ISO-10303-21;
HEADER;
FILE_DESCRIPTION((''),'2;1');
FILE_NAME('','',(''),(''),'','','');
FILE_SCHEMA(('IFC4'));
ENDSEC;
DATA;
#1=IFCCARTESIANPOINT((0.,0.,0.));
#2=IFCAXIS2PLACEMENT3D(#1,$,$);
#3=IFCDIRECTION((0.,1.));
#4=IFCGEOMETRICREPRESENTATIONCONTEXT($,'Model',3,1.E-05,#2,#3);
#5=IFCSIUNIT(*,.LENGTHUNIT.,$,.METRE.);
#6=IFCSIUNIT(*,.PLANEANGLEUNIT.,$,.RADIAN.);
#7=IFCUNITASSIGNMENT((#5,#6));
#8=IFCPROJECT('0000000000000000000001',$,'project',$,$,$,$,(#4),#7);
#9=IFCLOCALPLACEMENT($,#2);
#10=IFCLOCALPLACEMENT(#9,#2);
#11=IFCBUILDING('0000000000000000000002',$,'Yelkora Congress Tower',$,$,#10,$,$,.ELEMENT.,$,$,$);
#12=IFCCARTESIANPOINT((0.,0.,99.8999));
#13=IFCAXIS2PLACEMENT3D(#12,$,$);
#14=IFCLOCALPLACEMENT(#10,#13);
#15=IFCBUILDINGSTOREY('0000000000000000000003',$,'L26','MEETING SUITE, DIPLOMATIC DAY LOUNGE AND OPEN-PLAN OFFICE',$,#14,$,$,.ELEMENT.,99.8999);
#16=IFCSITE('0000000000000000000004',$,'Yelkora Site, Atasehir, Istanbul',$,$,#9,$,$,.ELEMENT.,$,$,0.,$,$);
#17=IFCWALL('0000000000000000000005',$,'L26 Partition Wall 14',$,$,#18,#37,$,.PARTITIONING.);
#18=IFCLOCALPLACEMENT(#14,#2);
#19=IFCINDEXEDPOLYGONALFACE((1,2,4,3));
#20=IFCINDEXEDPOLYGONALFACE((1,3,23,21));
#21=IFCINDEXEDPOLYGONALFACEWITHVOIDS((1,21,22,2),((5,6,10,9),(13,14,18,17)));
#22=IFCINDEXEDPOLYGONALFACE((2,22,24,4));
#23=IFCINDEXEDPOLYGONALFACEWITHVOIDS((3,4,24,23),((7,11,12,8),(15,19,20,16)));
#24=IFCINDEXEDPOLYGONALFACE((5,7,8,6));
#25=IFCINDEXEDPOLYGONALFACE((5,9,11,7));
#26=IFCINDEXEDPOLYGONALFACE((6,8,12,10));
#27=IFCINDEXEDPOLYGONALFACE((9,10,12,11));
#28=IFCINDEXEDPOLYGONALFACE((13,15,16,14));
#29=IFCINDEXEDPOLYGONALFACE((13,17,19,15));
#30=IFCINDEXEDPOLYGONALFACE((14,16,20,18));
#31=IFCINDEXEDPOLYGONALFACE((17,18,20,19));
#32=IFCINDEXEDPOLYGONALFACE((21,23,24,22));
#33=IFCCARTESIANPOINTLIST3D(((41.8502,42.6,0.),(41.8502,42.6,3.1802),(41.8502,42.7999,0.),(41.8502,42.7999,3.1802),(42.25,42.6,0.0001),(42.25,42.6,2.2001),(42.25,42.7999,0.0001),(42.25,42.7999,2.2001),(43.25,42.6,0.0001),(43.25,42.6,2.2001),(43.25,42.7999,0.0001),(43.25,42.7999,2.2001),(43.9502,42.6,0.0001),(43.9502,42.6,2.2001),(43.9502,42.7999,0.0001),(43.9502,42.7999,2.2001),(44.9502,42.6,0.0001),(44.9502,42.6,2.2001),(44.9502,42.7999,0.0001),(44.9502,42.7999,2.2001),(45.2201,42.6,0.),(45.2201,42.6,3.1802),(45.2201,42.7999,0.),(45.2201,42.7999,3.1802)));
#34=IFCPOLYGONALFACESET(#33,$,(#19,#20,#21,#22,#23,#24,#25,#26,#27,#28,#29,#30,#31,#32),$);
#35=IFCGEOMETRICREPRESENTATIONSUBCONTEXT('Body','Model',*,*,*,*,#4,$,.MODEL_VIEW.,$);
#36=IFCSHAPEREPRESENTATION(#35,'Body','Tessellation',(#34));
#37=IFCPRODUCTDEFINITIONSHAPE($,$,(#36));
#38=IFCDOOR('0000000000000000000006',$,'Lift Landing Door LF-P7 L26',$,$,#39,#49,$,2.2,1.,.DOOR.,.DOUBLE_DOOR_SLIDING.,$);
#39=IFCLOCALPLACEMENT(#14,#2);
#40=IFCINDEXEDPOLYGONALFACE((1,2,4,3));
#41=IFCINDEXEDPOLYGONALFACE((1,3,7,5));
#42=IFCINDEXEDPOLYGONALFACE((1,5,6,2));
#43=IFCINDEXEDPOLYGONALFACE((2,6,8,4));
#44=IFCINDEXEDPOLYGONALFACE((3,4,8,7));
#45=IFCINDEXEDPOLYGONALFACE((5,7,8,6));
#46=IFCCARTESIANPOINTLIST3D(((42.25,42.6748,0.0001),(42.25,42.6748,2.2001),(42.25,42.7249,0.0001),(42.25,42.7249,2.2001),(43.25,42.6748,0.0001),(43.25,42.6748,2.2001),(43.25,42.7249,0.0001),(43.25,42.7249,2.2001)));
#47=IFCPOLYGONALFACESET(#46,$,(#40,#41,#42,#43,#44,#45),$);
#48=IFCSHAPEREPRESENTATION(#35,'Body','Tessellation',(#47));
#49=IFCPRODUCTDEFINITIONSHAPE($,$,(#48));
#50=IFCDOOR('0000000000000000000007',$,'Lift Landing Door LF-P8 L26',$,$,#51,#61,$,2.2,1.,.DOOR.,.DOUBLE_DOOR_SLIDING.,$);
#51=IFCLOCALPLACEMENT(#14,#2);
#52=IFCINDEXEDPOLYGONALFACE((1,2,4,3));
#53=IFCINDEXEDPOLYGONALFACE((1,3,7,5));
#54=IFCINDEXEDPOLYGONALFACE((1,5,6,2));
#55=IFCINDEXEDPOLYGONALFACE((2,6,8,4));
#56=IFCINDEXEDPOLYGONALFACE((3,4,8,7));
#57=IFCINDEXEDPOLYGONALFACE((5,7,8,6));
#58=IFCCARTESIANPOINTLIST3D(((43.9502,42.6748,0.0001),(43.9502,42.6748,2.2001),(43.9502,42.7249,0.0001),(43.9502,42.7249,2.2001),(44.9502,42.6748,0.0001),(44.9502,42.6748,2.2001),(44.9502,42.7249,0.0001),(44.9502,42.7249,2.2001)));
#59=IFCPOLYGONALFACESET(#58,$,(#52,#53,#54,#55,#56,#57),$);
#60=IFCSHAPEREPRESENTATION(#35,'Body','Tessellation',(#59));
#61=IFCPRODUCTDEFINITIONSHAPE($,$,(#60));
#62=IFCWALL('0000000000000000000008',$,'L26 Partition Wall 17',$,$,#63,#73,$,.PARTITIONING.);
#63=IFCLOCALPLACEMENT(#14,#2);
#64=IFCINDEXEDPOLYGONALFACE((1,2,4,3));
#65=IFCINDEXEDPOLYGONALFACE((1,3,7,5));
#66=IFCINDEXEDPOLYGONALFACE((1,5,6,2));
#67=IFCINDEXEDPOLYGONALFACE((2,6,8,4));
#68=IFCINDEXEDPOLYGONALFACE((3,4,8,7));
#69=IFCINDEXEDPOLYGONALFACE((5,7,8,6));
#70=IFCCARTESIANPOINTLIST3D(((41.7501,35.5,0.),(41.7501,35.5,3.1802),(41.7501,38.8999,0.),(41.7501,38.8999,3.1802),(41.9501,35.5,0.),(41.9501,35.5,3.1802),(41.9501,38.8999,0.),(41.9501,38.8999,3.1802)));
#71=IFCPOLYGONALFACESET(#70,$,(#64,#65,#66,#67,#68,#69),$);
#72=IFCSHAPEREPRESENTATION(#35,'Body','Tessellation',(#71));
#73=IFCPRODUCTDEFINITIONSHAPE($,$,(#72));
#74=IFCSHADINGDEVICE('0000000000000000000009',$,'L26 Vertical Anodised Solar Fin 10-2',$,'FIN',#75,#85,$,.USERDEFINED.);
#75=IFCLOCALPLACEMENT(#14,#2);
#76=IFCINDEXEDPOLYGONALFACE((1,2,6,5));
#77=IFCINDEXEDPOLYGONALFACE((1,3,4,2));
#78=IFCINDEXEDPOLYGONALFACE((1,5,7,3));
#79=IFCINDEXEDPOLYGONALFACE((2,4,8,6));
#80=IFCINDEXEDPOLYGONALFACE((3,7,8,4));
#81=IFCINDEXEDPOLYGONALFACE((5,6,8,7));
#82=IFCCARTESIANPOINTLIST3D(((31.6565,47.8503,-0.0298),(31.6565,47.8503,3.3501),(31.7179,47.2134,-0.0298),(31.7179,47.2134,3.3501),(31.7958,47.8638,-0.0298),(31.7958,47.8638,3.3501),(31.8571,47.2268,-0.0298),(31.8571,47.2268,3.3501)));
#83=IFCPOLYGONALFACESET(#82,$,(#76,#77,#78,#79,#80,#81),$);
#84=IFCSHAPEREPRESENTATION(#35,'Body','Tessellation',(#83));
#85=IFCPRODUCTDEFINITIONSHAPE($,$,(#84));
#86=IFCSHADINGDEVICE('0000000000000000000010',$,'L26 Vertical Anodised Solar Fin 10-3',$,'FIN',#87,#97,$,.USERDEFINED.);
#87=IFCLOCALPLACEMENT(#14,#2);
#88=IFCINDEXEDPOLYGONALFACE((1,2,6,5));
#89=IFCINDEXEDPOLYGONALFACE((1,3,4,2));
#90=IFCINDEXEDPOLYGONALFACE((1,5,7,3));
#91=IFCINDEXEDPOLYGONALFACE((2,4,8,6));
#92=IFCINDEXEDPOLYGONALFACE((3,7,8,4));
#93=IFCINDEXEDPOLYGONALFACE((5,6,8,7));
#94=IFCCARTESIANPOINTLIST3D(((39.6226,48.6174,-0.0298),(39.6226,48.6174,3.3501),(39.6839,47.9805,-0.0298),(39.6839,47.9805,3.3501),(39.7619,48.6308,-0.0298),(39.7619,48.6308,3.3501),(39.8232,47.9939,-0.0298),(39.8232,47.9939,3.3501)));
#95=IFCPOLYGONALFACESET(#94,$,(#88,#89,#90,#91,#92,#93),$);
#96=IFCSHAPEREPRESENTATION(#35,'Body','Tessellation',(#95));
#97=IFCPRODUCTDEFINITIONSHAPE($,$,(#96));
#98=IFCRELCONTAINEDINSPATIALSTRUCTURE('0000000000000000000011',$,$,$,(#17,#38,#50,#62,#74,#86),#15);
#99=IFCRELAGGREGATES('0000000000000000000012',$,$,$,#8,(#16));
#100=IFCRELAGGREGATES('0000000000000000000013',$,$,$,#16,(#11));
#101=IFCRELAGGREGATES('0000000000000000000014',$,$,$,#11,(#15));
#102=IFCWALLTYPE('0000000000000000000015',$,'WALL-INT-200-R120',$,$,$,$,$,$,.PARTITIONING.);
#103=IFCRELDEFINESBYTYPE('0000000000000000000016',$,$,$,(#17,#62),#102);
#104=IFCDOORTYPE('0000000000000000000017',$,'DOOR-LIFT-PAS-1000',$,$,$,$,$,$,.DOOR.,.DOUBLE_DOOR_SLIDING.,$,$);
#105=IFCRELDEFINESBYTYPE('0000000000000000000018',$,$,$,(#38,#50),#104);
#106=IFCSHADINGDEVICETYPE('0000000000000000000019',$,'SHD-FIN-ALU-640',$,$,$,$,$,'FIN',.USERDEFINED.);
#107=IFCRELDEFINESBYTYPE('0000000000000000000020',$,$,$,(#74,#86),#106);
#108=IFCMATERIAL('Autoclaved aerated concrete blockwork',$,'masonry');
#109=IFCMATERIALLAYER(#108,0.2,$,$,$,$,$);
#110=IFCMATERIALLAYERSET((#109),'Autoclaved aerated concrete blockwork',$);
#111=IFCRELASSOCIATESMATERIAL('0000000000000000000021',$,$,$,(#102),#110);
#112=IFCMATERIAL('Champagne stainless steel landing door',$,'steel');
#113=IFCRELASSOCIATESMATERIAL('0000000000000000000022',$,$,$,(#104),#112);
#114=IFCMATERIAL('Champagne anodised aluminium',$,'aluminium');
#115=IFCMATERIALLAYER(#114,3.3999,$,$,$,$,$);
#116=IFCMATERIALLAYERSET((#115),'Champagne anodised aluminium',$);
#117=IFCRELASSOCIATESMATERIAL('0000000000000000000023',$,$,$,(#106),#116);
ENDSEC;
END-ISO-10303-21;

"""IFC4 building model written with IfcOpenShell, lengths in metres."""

from ifc_helpers import new_model, si_unit, direction, frame, frame_2d, origin, origin_2d, place, context, subcontext, project, spatial, rectangle, extrude, material, layer, layer_set, type_object, element, fill, save


model = new_model("IFC4")

# Units and contexts
model_context = context("Model", 3, precision=1e-05, world=origin(), true_north=direction((0.0, 1.0)))
body_context = subcontext(model_context, "Body", "Model", "MODEL_VIEW")
ifc_project = project(units=[si_unit("LENGTHUNIT", "METRE"), si_unit("PLANEANGLEUNIT", "RADIAN")], contexts=[model_context])

# Site, building, storey
site_placement = place(None, origin())
site = spatial("IfcSite", under=ifc_project, at=site_placement, Name="Yelkora Site, Atasehir, Istanbul", CompositionType="ELEMENT", RefElevation=0.0)
building_placement = place(site_placement, origin())
building = spatial("IfcBuilding", under=site, at=building_placement, Name="Yelkora Congress Tower", CompositionType="ELEMENT")
storey_placement = place(building_placement, frame((0.0, 0.0, 99.8999)))
storey = spatial("IfcBuildingStorey", under=building, at=storey_placement, Name="L26", Description="MEETING SUITE, DIPLOMATIC DAY LOUNGE AND OPEN-PLAN OFFICE", CompositionType="ELEMENT", Elevation=99.8999)

# Shared definitions
ifc_material_1 = material(Name="Autoclaved aerated concrete blockwork", Category="masonry")
ifc_layer_1 = layer(ifc_material_1, 0.2)
ifc_layer_set_1 = layer_set([ifc_layer_1], Name="Autoclaved aerated concrete blockwork")
wall_type_1 = type_object("IfcWallType", Name="WALL-INT-200-R120", PredefinedType="PARTITIONING", material=ifc_layer_set_1)

# Wall, openings, doors
ifc_material_2 = material(Name="Champagne stainless steel landing door", Category="steel")
door_type_1 = type_object("IfcDoorType", Name="DOOR-LIFT-PAS-1000", OperationType="DOUBLE_DOOR_SLIDING", PredefinedType="DOOR", material=ifc_material_2)
wall_1_placement = place(storey_placement, frame((41.8501, 42.7, 0.0), z_axis=(0.0, 0.0, 1.0), x_axis=(1.0, 0.0, 0.0)))
wall_1 = element("IfcWall", 1, at=wall_1_placement, inside=storey, type_object=wall_type_1, Name="L26 Partition Wall 14", PredefinedType="PARTITIONING", context=body_context, shape_type="SweptSolid", body=[
    extrude(rectangle(XDim=3.3699, YDim=0.2, at=frame_2d((1.6851, 0.0))), origin(), (0.0, 0.0, 1.0), 3.1802),
])
opening_1_placement = place(wall_1_placement, frame((0.3999, 0.0, 0.0)))
opening_1 = element("IfcOpeningElement", 2, at=opening_1_placement, cuts=wall_1, PredefinedType="OPENING", context=body_context, shape_type="SweptSolid", body=[
    extrude(rectangle(XDim=1.0, YDim=2.2, at=frame_2d((0.5, 1.1001))), frame((0.0, 0.1099, 0.0), z_axis=(0.0, -1.0, 0.0), x_axis=(1.0, 0.0, 0.0)), (0.0, 0.0, 1.0), 0.22),
])
opening_2_placement = place(wall_1_placement, frame((2.1001, 0.0, 0.0)))
opening_2 = element("IfcOpeningElement", 3, at=opening_2_placement, cuts=wall_1, PredefinedType="OPENING", context=body_context, shape_type="SweptSolid", body=[
    extrude(rectangle(XDim=1.0, YDim=2.2, at=frame_2d((0.5, 1.1001))), frame((0.0, 0.1099, 0.0), z_axis=(0.0, -1.0, 0.0), x_axis=(1.0, 0.0, 0.0)), (0.0, 0.0, 1.0), 0.22),
])
door_1_placement = place(opening_1_placement, origin())
door_1 = element("IfcDoor", 4, at=door_1_placement, inside=storey, type_object=door_type_1, Name="Lift Landing Door LF-P7 L26", OperationType="DOUBLE_DOOR_SLIDING", OverallHeight=2.2, OverallWidth=1.0, PredefinedType="DOOR", context=body_context, shape_type="SweptSolid", body=[
    extrude(rectangle(XDim=1.0, YDim=2.2, at=frame_2d((0.5, 1.1001))), frame((0.0, 0.0249, 0.0), z_axis=(0.0, -1.0, 0.0), x_axis=(1.0, 0.0, 0.0)), (0.0, 0.0, 1.0), 0.05),
])
fill(opening_1, door_1)
door_2_placement = place(opening_2_placement, origin())
door_2 = element("IfcDoor", 5, at=door_2_placement, inside=storey, type_object=door_type_1, Name="Lift Landing Door LF-P8 L26", OperationType="DOUBLE_DOOR_SLIDING", OverallHeight=2.2, OverallWidth=1.0, PredefinedType="DOOR", context=body_context, shape_type="SweptSolid", body=[
    extrude(rectangle(XDim=1.0, YDim=2.2, at=frame_2d((0.5, 1.1001))), frame((0.0, 0.0249, 0.0), z_axis=(0.0, -1.0, 0.0), x_axis=(1.0, 0.0, 0.0)), (0.0, 0.0, 1.0), 0.05),
])
fill(opening_2, door_2)

# Wall
wall_2_placement = place(storey_placement, frame((41.8501, 35.5, 0.0), z_axis=(0.0, 0.0, 1.0), x_axis=(0.0, 1.0, 0.0)))
element("IfcWall", 6, at=wall_2_placement, inside=storey, type_object=wall_type_1, Name="L26 Partition Wall 17", PredefinedType="PARTITIONING", context=body_context, shape_type="SweptSolid", body=[
    extrude(rectangle(XDim=3.3999, YDim=0.2, at=frame_2d((1.7, 0.0))), origin(), (0.0, 0.0, 1.0), 3.1802),
])

# Shading devices
ifc_material_3 = material(Name="Champagne anodised aluminium", Category="aluminium")
ifc_layer_2 = layer(ifc_material_3, 3.3999)
ifc_layer_set_2 = layer_set([ifc_layer_2], Name="Champagne anodised aluminium")
shading_device_type = type_object("IfcShadingDeviceType", Name="SHD-FIN-ALU-640", ElementType="FIN", PredefinedType="USERDEFINED", material=ifc_layer_set_2)
for number, where, z_axis, x_axis, name in (
    (7, (31.7568, 47.5386, -0.0298), (0.0, 0.0, 1.0), (0.995396, 0.095846, 0.0), "L26 Vertical Anodised Solar Fin 10-2"),
    (8, (39.7229, 48.3057, -0.0298), (0.0, 0.0, 1.0), (0.995396, 0.095846, 0.0), "L26 Vertical Anodised Solar Fin 10-3"),
):
    element("IfcShadingDevice", number, at=place(storey_placement, frame(where, z_axis=z_axis, x_axis=x_axis)), inside=storey, type_object=shading_device_type, Name=name, ObjectType="FIN", PredefinedType="USERDEFINED", context=body_context, shape_type="SweptSolid", body=[
        extrude(rectangle(XDim=0.1399, YDim=0.6399, at=origin_2d()), origin(), (0.0, 0.0, 1.0), 3.3799),
    ])

save(model, "model.ifc")
